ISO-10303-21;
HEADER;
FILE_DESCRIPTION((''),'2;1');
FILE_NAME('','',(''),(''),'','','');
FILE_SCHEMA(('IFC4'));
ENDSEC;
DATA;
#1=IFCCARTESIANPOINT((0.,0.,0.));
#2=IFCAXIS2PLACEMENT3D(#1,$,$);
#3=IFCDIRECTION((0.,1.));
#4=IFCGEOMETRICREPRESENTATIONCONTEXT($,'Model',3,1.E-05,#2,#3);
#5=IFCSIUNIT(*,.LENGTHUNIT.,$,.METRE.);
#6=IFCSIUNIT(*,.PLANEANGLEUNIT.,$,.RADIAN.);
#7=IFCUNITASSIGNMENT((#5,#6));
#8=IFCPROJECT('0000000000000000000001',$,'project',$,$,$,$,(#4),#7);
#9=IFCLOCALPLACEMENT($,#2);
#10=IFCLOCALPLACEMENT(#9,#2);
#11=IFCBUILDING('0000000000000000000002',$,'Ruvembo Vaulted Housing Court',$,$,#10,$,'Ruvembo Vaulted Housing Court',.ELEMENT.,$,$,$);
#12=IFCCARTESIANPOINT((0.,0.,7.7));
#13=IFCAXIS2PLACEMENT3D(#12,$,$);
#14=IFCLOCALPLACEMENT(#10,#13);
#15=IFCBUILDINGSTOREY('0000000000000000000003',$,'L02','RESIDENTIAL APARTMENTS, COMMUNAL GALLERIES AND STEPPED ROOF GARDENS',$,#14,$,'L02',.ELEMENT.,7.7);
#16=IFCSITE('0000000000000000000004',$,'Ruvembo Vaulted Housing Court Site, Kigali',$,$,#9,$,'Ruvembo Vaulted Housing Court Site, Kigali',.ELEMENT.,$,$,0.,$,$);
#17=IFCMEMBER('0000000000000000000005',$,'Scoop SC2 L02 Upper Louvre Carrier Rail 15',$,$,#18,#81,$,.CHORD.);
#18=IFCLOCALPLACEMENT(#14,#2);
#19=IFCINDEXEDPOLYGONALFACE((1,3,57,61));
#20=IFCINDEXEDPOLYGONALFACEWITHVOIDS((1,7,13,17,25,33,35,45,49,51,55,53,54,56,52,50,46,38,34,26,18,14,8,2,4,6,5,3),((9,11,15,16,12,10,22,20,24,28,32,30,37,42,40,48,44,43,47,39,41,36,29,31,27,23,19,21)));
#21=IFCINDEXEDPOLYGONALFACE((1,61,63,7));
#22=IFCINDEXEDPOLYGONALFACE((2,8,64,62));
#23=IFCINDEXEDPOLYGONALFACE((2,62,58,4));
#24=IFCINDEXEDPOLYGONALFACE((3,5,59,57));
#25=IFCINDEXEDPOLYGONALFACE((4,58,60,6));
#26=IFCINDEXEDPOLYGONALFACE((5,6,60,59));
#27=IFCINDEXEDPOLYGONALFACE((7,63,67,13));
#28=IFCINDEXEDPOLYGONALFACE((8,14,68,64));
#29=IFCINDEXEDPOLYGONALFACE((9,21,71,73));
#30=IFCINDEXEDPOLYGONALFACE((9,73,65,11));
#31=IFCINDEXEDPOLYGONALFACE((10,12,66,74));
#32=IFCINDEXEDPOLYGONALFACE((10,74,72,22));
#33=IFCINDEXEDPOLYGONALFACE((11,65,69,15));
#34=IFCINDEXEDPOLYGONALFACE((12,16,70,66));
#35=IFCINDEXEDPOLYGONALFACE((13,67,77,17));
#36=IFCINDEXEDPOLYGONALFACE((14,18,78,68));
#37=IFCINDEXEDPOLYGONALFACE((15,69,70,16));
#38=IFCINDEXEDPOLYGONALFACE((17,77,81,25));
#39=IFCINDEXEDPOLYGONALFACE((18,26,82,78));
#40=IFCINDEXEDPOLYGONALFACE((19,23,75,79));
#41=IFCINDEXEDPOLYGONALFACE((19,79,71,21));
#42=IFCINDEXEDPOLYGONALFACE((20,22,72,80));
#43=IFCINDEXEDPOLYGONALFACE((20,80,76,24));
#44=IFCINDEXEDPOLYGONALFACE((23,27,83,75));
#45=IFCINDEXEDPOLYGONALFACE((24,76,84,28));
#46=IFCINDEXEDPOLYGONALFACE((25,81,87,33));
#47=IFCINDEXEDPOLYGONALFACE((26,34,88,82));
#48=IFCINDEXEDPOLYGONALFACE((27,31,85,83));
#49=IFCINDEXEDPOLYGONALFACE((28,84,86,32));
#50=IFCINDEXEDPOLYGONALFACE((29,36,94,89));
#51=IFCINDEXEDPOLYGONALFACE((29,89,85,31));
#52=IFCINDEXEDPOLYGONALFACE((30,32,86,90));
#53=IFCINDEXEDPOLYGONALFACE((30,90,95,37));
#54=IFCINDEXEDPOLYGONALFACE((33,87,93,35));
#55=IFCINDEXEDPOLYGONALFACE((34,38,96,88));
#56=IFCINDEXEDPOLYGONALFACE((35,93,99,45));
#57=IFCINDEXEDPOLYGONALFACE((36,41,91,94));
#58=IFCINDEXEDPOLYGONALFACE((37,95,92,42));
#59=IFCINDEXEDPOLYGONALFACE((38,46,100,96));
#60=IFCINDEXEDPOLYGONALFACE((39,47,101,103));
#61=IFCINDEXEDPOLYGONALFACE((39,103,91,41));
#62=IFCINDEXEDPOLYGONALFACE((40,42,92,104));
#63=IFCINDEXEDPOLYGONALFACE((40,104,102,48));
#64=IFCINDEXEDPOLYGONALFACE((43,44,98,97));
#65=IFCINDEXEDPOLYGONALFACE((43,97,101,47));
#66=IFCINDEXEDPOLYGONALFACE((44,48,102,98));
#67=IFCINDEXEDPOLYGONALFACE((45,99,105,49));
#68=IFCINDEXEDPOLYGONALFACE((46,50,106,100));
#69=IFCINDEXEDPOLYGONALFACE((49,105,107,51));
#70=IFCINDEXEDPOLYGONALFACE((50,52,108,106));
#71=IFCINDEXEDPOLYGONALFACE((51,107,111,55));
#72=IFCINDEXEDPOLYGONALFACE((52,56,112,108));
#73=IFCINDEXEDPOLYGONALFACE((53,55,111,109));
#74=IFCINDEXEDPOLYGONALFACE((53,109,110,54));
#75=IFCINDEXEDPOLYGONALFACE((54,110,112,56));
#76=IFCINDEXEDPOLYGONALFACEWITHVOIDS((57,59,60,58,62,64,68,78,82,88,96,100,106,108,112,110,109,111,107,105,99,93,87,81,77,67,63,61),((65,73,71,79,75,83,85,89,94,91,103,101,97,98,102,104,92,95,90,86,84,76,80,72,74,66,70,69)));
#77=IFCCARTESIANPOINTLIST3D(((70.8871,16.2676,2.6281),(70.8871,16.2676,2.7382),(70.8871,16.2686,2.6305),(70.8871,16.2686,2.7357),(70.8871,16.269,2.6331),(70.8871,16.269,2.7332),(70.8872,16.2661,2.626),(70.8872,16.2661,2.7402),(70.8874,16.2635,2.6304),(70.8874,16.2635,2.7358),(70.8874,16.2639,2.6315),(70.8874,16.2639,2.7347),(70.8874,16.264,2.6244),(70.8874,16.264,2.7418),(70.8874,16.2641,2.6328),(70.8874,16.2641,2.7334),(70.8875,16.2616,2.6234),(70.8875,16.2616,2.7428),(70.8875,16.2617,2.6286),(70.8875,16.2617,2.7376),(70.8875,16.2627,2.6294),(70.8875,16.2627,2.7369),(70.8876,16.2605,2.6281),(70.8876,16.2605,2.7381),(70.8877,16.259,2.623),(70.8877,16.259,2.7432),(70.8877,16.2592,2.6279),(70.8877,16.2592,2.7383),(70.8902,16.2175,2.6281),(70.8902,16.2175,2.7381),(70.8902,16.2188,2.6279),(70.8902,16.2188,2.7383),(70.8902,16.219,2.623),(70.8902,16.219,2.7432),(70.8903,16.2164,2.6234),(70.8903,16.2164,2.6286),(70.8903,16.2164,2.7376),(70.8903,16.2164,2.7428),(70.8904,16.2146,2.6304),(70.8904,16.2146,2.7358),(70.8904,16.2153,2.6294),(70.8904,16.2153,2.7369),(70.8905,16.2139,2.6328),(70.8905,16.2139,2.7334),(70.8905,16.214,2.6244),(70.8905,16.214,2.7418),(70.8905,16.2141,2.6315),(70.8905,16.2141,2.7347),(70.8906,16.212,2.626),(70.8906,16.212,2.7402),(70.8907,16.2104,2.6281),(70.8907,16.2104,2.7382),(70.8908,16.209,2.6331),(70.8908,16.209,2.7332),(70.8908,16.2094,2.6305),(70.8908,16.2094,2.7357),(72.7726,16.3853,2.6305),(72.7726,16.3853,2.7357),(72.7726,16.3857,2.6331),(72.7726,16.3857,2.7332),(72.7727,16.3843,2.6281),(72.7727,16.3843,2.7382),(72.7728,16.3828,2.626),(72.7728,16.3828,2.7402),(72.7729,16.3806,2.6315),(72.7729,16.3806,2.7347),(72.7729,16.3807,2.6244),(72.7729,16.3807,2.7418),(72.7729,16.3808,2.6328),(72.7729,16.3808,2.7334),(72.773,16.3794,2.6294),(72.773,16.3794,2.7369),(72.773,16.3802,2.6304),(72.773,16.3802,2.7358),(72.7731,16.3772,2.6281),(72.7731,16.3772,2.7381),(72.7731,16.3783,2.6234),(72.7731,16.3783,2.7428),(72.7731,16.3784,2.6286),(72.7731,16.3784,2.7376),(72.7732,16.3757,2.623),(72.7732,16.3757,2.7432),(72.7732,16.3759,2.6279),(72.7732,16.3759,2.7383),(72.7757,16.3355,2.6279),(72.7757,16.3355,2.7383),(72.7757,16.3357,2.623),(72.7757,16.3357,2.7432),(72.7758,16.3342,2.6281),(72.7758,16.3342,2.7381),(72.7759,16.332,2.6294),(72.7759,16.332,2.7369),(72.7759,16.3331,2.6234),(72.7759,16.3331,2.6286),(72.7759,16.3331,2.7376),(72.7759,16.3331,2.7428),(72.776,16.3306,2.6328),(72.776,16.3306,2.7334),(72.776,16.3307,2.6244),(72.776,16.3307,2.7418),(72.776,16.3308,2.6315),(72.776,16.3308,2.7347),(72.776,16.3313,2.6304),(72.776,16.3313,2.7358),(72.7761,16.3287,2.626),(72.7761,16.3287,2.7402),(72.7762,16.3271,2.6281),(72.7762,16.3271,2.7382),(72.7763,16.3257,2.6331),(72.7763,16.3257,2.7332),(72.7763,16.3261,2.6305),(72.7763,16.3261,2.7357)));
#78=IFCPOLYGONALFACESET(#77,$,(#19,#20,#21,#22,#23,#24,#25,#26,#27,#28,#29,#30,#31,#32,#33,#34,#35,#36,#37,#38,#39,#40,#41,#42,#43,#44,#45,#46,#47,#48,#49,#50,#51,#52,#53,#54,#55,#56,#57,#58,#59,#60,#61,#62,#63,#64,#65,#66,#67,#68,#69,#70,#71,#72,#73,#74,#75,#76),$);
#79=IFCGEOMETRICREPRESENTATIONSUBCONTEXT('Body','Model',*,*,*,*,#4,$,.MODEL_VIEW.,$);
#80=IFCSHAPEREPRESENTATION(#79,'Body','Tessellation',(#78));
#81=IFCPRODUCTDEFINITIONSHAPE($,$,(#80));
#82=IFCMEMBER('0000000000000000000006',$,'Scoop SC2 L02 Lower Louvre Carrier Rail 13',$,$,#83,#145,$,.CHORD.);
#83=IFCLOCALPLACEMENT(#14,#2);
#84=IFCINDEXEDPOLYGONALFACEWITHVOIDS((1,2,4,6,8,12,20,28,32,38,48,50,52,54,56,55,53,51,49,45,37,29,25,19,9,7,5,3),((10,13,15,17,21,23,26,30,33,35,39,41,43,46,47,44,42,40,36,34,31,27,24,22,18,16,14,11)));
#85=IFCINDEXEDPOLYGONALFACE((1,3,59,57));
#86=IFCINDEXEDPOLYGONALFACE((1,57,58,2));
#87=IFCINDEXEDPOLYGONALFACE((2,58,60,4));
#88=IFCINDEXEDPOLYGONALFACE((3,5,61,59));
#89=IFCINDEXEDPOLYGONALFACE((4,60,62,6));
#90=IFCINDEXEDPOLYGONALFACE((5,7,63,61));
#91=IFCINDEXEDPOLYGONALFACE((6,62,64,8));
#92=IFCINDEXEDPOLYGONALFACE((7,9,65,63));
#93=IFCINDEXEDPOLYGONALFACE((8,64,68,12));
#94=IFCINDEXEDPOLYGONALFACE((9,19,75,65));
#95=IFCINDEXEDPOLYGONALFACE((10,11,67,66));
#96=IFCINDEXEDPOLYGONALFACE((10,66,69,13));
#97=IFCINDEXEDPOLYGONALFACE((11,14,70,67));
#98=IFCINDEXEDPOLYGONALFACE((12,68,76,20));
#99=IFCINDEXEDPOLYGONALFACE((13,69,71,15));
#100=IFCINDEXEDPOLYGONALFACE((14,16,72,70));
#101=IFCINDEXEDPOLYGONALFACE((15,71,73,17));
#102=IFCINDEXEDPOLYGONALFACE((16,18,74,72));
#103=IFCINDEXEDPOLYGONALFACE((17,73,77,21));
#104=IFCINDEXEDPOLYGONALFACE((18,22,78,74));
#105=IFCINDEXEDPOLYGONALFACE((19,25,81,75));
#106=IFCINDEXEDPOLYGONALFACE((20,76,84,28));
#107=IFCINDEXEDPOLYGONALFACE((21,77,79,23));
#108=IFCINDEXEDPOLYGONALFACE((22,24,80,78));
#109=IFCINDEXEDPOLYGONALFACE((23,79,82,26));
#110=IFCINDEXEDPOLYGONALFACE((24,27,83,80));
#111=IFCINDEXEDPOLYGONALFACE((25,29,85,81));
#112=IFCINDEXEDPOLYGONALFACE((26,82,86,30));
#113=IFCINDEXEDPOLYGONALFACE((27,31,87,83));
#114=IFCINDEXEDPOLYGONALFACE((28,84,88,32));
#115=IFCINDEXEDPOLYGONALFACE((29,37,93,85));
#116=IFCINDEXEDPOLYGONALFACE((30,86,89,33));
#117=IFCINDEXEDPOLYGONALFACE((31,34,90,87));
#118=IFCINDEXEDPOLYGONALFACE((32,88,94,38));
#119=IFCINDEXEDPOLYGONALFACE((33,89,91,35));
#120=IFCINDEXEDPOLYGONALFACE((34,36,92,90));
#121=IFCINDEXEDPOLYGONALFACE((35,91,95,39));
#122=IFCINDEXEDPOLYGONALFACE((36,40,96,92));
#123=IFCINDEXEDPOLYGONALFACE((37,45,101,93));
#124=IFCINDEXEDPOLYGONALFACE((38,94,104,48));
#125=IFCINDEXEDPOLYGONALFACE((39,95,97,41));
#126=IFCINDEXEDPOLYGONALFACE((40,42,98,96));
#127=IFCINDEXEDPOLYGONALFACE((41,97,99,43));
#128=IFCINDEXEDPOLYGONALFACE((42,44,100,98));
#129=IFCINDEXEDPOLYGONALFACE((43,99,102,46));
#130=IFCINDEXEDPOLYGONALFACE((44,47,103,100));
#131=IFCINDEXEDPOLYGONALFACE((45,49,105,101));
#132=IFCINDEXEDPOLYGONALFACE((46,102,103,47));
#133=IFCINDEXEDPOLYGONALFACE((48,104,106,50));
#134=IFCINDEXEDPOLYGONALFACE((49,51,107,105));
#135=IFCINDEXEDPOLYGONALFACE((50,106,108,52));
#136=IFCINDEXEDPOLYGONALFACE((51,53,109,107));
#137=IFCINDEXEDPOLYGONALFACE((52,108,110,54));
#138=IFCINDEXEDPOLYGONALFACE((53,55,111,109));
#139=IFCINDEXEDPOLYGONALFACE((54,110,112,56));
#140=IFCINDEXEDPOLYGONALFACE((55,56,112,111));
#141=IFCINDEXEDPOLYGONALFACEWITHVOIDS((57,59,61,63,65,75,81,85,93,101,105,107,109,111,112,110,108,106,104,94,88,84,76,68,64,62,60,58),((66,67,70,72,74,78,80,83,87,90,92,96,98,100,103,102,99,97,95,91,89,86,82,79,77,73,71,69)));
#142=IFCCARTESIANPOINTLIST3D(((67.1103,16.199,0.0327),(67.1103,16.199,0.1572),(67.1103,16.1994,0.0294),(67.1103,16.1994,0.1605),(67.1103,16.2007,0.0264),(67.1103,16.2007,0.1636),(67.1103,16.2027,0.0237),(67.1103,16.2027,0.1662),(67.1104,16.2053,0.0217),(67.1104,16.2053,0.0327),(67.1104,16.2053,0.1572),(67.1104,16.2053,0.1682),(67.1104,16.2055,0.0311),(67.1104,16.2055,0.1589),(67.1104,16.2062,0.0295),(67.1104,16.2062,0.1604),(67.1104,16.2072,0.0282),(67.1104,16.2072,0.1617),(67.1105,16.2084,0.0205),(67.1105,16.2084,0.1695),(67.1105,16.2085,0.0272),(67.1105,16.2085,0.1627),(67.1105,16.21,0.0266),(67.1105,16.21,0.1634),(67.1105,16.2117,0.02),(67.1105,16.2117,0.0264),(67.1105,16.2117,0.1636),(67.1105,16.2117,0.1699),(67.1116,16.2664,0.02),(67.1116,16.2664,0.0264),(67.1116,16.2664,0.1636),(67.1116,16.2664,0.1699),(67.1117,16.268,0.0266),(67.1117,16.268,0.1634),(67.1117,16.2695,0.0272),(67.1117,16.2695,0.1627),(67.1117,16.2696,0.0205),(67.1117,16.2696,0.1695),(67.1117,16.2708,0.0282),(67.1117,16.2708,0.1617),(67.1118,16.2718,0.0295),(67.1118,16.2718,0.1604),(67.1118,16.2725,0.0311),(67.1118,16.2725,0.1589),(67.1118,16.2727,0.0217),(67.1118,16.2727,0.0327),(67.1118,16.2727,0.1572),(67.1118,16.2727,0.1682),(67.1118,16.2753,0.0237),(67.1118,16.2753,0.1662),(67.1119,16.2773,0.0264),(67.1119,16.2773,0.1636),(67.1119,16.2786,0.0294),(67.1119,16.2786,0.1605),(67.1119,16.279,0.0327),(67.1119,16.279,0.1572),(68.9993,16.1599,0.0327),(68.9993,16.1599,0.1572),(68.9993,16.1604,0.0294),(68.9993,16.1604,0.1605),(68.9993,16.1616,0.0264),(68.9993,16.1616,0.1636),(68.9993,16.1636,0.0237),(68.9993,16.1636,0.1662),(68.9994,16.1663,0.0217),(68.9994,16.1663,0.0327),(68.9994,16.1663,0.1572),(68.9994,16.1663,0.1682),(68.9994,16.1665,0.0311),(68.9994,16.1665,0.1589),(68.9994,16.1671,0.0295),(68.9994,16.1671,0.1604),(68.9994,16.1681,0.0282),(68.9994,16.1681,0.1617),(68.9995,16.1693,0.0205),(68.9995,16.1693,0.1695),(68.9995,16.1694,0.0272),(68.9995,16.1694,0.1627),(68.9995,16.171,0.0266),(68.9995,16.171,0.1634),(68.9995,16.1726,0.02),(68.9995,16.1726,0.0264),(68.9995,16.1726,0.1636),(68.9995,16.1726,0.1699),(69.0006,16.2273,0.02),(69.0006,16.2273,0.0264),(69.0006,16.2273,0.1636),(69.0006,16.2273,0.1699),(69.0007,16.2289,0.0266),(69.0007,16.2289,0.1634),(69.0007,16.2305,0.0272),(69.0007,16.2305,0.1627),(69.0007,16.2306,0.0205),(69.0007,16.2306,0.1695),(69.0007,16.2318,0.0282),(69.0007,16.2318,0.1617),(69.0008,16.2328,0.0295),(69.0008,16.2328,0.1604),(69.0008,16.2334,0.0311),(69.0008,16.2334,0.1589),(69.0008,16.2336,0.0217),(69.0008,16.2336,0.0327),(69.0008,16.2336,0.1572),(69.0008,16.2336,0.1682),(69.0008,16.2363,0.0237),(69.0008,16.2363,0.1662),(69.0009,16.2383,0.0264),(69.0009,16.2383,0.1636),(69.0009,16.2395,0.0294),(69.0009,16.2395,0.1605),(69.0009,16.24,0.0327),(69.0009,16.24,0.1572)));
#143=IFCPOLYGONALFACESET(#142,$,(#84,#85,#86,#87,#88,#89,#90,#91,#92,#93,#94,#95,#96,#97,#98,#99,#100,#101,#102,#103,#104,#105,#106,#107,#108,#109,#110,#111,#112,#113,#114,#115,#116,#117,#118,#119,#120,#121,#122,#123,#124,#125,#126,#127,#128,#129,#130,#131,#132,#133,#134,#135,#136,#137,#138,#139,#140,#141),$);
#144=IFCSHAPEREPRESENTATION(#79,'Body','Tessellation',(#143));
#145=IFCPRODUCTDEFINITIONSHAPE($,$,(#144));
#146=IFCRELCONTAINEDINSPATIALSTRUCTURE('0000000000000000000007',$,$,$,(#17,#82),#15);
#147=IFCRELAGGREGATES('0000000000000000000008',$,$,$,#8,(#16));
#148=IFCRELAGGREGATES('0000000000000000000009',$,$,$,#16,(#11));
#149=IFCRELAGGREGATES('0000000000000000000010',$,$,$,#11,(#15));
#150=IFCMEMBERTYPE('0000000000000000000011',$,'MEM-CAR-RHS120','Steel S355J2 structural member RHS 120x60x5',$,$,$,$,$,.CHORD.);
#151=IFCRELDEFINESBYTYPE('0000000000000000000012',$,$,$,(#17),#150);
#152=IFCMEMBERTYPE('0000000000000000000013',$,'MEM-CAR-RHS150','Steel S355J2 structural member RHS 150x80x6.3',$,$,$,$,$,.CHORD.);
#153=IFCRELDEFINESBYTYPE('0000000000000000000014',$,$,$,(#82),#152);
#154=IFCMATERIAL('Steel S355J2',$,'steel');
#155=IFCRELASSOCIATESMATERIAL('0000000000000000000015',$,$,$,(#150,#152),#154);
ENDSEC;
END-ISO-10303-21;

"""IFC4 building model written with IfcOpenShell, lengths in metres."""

from ifc_helpers import new_model, si_unit, direction, frame, origin, origin_2d, place, context, subcontext, project, spatial, hollow_rectangle, extrude, material, material_profile, profile_set, type_object, element, save


model = new_model("IFC4")

# Units and contexts
model_context = context("Model", 3, precision=1e-05, world=origin(), true_north=direction((0.0, 1.0)))
body_context = subcontext(model_context, "Body", "Model", "MODEL_VIEW")
ifc_project = project(units=[si_unit("LENGTHUNIT", "METRE"), si_unit("PLANEANGLEUNIT", "RADIAN")], contexts=[model_context])

# Site, building, storey
site_placement = place(None, origin())
site = spatial("IfcSite", under=ifc_project, at=site_placement, Name="Ruvembo Vaulted Housing Court Site, Kigali", LongName="Ruvembo Vaulted Housing Court Site, Kigali", CompositionType="ELEMENT", RefElevation=0.0)
building_placement = place(site_placement, origin())
building = spatial("IfcBuilding", under=site, at=building_placement, Name="Ruvembo Vaulted Housing Court", LongName="Ruvembo Vaulted Housing Court", CompositionType="ELEMENT")
storey_placement = place(building_placement, frame((0.0, 0.0, 7.7)))
storey = spatial("IfcBuildingStorey", under=building, at=storey_placement, Name="L02", Description="RESIDENTIAL APARTMENTS, COMMUNAL GALLERIES AND STEPPED ROOF GARDENS", LongName="L02", CompositionType="ELEMENT", Elevation=7.7)

# Shared definitions
ifc_material_1 = material(Name="Steel S355J2", Category="steel")

# Members
ifc_material_profile_1 = material_profile(ifc_material_1, hollow_rectangle(XDim=0.0601, YDim=0.1201, WallThickness=0.0049, InnerFilletRadius=0.0049, OuterFilletRadius=0.01, at=origin_2d()), Name="RHS 120x60x5")
ifc_profile_set_1 = profile_set([ifc_material_profile_1], Name="Steel S355J2")
member_type_1 = type_object("IfcMemberType", Name="MEM-CAR-RHS120", Description="Steel S355J2 structural member RHS 120x60x5", PredefinedType="CHORD", material=ifc_profile_set_1)
member_1_placement = place(storey_placement, frame((70.8889, 16.239, 2.6831), z_axis=(0.99809, 0.061775, 0.0), x_axis=(-0.061775, 0.99809, 0.0)))
element("IfcMember", 1, at=member_1_placement, inside=storey, type_object=member_type_1, Name="Scoop SC2 L02 Upper Louvre Carrier Rail 15", PredefinedType="CHORD", context=body_context, shape_type="SweptSolid", body=[
    extrude(hollow_rectangle(XDim=0.0601, YDim=0.1201, WallThickness=0.0049, InnerFilletRadius=0.0049, OuterFilletRadius=0.01, at=origin_2d()), origin(), (0.0, 0.0, 1.0), 1.8892),
])
ifc_material_profile_2 = material_profile(ifc_material_1, hollow_rectangle(XDim=0.0801, YDim=0.1499, WallThickness=0.0063, InnerFilletRadius=0.0063, OuterFilletRadius=0.0127, at=origin_2d()), Name="RHS 150x80x6.3")
ifc_profile_set_2 = profile_set([ifc_material_profile_2], Name="Steel S355J2")
member_type_2 = type_object("IfcMemberType", Name="MEM-CAR-RHS150", Description="Steel S355J2 structural member RHS 150x80x6.3", PredefinedType="CHORD", material=ifc_profile_set_2)
for number, where, z_axis, x_axis, name in (
    (2, (67.1111, 16.239, 0.095), (0.999786, -0.020675, 0.0), (0.020675, 0.999786, 0.0), "Scoop SC2 L02 Lower Louvre Carrier Rail 13"),
):
    element("IfcMember", number, at=place(storey_placement, frame(where, z_axis=z_axis, x_axis=x_axis)), inside=storey, type_object=member_type_2, Name=name, PredefinedType="CHORD", context=body_context, shape_type="SweptSolid", body=[
        extrude(hollow_rectangle(XDim=0.0801, YDim=0.1499, WallThickness=0.0063, InnerFilletRadius=0.0063, OuterFilletRadius=0.0127, at=origin_2d()), origin(), (0.0, 0.0, 1.0), 1.8894),
    ])

save(model, "model.ifc")
